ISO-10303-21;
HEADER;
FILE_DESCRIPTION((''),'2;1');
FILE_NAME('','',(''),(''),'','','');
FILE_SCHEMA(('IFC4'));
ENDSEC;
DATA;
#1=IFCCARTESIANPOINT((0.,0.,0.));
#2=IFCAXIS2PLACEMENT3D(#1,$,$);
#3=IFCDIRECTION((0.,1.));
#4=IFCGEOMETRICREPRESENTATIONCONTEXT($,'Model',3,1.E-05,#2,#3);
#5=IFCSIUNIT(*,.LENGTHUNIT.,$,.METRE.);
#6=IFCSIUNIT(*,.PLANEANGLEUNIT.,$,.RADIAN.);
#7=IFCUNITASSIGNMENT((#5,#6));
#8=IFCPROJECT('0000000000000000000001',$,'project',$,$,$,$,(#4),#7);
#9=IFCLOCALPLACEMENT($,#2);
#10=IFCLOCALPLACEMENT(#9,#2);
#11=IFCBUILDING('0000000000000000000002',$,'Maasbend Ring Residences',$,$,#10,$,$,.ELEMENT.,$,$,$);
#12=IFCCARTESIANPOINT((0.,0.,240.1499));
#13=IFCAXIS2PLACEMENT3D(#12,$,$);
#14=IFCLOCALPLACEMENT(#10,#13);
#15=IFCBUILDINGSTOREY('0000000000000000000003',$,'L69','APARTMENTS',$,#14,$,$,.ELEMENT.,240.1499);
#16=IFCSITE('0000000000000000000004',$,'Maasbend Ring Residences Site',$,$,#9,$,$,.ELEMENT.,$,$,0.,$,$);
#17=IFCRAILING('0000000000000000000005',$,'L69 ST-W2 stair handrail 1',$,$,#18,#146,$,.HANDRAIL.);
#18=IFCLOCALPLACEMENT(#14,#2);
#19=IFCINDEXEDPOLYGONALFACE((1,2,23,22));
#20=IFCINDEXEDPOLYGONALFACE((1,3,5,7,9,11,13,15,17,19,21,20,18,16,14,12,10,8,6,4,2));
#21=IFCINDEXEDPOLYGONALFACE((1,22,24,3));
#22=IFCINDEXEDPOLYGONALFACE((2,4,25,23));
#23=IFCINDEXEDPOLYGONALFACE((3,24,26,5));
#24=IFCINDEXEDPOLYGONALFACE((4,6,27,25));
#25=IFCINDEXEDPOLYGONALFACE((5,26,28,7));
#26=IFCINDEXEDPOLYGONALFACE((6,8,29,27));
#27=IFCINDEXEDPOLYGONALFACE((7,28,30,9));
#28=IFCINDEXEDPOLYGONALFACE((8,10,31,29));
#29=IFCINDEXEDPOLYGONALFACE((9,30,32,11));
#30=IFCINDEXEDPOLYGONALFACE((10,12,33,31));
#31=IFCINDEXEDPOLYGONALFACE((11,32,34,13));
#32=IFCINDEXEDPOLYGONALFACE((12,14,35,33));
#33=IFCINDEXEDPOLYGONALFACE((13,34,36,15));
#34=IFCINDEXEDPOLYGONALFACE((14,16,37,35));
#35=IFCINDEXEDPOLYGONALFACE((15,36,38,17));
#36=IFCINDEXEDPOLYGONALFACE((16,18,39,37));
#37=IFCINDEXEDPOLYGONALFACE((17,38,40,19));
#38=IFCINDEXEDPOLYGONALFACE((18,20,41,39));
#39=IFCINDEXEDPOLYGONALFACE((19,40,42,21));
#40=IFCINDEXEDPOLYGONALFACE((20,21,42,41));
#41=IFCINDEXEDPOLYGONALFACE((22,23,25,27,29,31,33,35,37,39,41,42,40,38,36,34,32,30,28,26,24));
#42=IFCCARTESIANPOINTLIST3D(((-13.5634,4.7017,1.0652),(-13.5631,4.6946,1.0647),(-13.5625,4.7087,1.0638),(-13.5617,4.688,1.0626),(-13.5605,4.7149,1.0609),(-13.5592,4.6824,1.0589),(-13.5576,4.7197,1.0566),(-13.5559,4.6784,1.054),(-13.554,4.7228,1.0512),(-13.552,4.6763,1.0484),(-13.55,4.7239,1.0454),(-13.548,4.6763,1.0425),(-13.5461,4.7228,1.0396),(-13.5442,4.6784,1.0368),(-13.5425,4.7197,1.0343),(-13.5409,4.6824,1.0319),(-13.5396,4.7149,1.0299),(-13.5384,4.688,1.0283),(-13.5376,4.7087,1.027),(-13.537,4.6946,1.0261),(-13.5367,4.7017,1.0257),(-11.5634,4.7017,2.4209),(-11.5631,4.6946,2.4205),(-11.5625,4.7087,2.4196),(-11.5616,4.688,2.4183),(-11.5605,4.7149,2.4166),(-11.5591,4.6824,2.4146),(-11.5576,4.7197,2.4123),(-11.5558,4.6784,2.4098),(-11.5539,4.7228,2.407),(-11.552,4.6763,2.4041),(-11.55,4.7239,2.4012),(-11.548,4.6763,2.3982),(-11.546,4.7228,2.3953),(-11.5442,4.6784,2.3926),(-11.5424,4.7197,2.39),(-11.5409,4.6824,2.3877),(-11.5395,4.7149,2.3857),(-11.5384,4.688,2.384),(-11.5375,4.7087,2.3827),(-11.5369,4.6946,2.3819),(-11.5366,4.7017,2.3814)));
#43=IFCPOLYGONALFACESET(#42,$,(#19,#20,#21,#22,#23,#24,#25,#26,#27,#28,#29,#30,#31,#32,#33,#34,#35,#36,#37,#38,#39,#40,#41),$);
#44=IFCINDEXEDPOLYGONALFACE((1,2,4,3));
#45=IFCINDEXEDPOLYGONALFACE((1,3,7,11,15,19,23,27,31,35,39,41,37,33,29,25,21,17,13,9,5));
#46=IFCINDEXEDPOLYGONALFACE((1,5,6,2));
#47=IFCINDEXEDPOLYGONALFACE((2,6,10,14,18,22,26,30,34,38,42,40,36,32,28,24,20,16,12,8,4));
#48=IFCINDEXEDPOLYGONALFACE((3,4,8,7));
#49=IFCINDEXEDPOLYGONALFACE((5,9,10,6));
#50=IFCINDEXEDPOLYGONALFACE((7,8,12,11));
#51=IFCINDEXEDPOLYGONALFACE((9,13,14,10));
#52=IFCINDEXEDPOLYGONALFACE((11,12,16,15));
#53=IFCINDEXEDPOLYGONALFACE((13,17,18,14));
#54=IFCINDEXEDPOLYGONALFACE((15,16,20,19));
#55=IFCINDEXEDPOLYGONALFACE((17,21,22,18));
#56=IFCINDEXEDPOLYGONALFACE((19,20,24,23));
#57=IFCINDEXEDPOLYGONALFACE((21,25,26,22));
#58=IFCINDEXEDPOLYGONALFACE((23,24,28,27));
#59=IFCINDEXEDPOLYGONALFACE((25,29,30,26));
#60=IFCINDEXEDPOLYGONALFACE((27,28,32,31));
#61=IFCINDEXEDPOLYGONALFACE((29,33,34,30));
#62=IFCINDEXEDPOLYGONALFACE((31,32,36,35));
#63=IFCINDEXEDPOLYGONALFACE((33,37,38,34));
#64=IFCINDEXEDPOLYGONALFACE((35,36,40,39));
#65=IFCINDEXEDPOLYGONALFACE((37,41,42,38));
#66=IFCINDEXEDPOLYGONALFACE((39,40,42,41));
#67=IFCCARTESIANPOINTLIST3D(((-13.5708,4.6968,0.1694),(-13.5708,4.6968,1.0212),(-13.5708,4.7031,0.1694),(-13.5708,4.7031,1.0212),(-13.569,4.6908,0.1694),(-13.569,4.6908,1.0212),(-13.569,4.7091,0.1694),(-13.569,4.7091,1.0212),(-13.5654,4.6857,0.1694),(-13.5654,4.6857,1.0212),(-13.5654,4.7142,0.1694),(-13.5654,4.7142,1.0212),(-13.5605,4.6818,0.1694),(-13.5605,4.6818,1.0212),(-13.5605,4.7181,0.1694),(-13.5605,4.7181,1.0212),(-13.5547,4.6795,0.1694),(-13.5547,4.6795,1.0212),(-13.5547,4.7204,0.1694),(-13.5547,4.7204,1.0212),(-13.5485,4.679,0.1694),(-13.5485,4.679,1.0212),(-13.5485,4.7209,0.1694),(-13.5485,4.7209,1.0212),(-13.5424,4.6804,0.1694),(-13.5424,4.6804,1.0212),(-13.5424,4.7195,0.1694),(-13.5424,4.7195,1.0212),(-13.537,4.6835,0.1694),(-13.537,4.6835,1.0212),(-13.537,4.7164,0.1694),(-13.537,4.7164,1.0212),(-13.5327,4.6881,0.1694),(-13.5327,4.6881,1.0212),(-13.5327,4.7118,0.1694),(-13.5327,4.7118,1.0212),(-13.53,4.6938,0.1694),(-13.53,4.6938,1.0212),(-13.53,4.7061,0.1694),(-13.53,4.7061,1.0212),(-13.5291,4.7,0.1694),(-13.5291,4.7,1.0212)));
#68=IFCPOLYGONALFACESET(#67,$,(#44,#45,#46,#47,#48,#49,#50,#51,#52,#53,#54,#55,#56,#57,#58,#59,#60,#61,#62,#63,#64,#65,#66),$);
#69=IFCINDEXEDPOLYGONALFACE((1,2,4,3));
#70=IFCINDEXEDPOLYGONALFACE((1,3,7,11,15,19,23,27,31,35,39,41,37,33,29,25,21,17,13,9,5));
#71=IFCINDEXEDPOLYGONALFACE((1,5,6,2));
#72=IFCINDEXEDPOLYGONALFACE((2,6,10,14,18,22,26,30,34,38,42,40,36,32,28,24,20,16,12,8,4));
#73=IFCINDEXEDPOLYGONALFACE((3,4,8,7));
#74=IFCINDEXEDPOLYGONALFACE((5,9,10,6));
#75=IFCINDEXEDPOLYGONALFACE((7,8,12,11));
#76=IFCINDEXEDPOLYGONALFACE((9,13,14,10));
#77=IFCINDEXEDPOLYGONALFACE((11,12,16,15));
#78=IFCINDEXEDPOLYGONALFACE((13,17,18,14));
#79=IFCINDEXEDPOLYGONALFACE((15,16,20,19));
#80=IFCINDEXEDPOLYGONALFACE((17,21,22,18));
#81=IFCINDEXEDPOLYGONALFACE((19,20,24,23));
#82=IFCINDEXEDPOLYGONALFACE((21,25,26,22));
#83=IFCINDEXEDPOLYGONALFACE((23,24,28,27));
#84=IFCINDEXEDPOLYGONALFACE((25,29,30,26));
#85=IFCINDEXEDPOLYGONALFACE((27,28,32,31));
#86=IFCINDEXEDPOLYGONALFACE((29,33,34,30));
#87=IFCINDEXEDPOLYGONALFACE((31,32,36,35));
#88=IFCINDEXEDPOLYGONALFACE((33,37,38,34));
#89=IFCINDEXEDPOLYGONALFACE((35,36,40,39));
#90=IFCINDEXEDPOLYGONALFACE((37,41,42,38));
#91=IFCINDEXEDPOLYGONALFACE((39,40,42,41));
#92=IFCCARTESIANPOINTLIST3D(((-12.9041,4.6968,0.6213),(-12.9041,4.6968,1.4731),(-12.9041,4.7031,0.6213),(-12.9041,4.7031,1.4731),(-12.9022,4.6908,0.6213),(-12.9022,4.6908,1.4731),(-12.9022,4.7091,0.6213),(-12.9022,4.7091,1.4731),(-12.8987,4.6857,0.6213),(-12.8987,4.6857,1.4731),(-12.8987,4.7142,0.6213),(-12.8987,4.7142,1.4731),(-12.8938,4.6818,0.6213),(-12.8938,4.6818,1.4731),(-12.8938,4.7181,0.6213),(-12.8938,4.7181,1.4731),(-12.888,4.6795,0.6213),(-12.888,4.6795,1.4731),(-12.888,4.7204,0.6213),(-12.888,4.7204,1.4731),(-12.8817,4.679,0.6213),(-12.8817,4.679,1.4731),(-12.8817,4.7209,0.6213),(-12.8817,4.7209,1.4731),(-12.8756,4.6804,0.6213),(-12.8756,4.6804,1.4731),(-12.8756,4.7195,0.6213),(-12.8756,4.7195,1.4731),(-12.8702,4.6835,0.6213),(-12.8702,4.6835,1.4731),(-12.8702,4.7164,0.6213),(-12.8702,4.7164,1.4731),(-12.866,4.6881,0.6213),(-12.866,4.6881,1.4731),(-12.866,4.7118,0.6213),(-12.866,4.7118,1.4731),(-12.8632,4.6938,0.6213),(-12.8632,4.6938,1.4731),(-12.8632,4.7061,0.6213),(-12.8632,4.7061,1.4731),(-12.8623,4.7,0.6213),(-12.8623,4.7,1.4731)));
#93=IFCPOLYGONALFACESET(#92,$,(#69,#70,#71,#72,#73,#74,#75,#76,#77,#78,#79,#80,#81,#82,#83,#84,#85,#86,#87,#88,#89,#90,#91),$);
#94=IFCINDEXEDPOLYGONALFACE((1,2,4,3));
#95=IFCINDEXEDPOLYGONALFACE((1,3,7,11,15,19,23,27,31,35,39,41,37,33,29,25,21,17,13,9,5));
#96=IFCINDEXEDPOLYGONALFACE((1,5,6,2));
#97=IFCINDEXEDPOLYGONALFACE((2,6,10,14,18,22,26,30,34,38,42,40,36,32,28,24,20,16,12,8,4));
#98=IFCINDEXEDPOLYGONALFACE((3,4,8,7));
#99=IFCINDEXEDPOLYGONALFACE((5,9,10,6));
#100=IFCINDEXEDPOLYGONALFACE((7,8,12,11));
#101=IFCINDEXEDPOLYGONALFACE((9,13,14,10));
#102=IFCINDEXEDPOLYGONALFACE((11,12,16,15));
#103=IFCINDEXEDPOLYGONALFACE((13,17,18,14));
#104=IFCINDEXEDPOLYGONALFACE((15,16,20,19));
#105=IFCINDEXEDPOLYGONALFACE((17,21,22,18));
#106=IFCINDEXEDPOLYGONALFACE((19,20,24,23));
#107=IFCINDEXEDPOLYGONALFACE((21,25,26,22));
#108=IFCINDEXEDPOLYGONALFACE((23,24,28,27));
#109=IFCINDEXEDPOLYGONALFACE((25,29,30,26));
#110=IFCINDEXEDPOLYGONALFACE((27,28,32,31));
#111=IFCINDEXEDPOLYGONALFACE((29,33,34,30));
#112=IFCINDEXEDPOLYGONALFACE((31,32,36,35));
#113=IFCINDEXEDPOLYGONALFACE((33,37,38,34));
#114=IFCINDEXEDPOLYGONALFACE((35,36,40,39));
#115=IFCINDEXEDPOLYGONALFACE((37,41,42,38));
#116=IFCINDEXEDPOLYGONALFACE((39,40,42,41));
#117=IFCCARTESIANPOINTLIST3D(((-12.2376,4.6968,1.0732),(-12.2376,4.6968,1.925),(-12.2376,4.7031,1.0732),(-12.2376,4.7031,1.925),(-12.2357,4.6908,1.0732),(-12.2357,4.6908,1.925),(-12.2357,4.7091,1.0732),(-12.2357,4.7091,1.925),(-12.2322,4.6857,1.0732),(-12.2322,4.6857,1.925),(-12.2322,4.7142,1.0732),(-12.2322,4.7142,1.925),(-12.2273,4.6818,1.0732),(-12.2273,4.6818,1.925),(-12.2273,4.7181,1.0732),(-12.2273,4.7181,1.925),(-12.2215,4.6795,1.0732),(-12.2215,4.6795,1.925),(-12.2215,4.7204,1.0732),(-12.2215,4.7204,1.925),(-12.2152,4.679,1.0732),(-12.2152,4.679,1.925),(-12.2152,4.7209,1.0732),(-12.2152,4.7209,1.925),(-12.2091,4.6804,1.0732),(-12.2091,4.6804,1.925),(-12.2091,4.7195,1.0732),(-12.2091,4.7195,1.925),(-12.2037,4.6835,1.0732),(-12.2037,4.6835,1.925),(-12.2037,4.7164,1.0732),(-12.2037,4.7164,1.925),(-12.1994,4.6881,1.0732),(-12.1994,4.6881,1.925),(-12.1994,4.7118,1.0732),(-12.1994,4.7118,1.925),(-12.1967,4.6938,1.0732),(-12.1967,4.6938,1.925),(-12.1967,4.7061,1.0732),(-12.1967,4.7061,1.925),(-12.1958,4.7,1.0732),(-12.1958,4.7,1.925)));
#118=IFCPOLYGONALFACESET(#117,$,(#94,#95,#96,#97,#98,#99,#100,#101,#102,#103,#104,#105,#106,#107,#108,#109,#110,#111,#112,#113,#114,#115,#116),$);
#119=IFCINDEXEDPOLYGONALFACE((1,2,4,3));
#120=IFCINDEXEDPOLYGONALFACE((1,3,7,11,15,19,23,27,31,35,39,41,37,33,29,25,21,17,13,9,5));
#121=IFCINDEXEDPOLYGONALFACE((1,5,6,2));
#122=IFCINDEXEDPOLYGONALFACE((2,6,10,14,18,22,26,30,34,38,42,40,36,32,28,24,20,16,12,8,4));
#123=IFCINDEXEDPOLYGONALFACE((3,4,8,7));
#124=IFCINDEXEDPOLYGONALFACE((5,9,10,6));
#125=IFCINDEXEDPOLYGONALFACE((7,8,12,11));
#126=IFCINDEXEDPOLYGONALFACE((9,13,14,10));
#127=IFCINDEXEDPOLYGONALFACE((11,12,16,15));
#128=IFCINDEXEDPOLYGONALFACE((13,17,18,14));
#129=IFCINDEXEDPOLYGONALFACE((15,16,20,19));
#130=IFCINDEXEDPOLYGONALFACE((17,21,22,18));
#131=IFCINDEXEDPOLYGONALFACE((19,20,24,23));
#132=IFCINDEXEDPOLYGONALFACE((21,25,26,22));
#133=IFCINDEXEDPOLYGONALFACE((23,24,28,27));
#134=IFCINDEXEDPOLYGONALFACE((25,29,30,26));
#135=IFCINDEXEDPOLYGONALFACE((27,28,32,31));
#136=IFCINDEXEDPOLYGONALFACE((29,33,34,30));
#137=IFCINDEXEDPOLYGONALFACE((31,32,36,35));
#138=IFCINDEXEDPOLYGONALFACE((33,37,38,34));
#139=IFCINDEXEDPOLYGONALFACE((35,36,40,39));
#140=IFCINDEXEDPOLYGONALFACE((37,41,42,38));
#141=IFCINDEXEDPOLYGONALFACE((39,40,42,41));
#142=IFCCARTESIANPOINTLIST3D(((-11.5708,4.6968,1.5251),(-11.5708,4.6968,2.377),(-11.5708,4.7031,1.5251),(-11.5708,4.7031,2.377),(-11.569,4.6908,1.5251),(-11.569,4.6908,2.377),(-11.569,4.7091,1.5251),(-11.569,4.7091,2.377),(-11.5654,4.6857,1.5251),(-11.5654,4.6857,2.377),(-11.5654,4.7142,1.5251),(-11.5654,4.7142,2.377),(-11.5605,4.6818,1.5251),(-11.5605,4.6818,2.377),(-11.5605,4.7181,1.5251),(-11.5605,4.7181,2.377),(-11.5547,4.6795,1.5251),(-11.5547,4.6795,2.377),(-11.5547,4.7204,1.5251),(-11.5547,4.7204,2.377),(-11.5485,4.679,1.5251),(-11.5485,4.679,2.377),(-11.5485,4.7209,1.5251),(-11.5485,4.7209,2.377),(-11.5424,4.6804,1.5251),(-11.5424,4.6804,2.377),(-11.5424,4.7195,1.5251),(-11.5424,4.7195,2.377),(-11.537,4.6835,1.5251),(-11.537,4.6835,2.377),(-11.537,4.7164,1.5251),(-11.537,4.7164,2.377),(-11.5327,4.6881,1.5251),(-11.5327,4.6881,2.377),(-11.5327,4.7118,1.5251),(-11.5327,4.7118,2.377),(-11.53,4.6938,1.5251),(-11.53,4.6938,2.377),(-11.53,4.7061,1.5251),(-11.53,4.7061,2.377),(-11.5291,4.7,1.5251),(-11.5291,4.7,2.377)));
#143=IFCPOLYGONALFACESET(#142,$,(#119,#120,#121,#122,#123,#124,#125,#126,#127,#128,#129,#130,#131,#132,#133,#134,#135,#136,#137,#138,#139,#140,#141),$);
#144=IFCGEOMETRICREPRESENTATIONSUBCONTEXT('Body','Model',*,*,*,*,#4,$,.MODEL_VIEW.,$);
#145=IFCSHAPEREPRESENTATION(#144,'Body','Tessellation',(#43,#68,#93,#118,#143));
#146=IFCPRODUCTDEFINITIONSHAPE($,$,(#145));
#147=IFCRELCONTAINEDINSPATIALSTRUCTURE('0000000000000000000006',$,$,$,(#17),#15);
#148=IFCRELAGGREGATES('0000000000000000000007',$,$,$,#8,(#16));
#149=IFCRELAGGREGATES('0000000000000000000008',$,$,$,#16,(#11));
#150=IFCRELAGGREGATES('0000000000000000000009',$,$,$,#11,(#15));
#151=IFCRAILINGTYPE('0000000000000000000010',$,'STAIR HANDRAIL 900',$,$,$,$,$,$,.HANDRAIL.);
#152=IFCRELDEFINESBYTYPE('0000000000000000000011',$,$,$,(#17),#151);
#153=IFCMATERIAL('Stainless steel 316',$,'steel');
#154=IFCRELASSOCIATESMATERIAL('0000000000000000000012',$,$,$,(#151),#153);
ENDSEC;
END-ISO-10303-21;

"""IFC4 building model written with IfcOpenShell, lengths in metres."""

from ifc_helpers import new_model, si_unit, direction, frame, origin, origin_2d, place, context, subcontext, project, spatial, circle, extrude, material, type_object, element, save


model = new_model("IFC4")

# Units and contexts
model_context = context("Model", 3, precision=1e-05, world=origin(), true_north=direction((0.0, 1.0)))
body_context = subcontext(model_context, "Body", "Model", "MODEL_VIEW")
ifc_project = project(units=[si_unit("LENGTHUNIT", "METRE"), si_unit("PLANEANGLEUNIT", "RADIAN")], contexts=[model_context])

# Site, building, storey
site_placement = place(None, origin())
site = spatial("IfcSite", under=ifc_project, at=site_placement, Name="Maasbend Ring Residences Site", CompositionType="ELEMENT", RefElevation=0.0)
building_placement = place(site_placement, origin())
building = spatial("IfcBuilding", under=site, at=building_placement, Name="Maasbend Ring Residences", CompositionType="ELEMENT")
storey_placement = place(building_placement, frame((0.0, 0.0, 240.1499)))
storey = spatial("IfcBuildingStorey", under=building, at=storey_placement, Name="L69", Description="APARTMENTS", CompositionType="ELEMENT", Elevation=240.1499)

# Railing
ifc_material_1 = material(Name="Stainless steel 316", Category="steel")
railing_type_1 = type_object("IfcRailingType", Name="STAIR HANDRAIL 900", PredefinedType="HANDRAIL", material=ifc_material_1)
railing_1_placement = place(storey_placement, frame((-13.55, 4.7, 0.1694)))
element("IfcRailing", 1, at=railing_1_placement, inside=storey, type_object=railing_type_1, Name="L69 ST-W2 stair handrail 1", PredefinedType="HANDRAIL", context=body_context, shape_type="SweptSolid", body=[
    extrude(circle(Radius=0.0239, at=origin_2d()), frame((0.0, 0.0, 0.876), z_axis=(0.827751, 0.0, 0.561096), x_axis=(0.0, 1.0, 0.0)), (0.0, 0.0, 1.0), 2.4163),
    extrude(circle(Radius=0.021, at=origin_2d()), origin(), (0.0, 0.0, 1.0), 0.8518),
    extrude(circle(Radius=0.021, at=origin_2d()), frame((0.6667, 0.0, 0.4519)), (0.0, 0.0, 1.0), 0.8518),
    extrude(circle(Radius=0.021, at=origin_2d()), frame((1.3333, 0.0, 0.9038)), (0.0, 0.0, 1.0), 0.8518),
    extrude(circle(Radius=0.021, at=origin_2d()), frame((2.0, 0.0, 1.3557)), (0.0, 0.0, 1.0), 0.8518),
])

save(model, "model.ifc")
